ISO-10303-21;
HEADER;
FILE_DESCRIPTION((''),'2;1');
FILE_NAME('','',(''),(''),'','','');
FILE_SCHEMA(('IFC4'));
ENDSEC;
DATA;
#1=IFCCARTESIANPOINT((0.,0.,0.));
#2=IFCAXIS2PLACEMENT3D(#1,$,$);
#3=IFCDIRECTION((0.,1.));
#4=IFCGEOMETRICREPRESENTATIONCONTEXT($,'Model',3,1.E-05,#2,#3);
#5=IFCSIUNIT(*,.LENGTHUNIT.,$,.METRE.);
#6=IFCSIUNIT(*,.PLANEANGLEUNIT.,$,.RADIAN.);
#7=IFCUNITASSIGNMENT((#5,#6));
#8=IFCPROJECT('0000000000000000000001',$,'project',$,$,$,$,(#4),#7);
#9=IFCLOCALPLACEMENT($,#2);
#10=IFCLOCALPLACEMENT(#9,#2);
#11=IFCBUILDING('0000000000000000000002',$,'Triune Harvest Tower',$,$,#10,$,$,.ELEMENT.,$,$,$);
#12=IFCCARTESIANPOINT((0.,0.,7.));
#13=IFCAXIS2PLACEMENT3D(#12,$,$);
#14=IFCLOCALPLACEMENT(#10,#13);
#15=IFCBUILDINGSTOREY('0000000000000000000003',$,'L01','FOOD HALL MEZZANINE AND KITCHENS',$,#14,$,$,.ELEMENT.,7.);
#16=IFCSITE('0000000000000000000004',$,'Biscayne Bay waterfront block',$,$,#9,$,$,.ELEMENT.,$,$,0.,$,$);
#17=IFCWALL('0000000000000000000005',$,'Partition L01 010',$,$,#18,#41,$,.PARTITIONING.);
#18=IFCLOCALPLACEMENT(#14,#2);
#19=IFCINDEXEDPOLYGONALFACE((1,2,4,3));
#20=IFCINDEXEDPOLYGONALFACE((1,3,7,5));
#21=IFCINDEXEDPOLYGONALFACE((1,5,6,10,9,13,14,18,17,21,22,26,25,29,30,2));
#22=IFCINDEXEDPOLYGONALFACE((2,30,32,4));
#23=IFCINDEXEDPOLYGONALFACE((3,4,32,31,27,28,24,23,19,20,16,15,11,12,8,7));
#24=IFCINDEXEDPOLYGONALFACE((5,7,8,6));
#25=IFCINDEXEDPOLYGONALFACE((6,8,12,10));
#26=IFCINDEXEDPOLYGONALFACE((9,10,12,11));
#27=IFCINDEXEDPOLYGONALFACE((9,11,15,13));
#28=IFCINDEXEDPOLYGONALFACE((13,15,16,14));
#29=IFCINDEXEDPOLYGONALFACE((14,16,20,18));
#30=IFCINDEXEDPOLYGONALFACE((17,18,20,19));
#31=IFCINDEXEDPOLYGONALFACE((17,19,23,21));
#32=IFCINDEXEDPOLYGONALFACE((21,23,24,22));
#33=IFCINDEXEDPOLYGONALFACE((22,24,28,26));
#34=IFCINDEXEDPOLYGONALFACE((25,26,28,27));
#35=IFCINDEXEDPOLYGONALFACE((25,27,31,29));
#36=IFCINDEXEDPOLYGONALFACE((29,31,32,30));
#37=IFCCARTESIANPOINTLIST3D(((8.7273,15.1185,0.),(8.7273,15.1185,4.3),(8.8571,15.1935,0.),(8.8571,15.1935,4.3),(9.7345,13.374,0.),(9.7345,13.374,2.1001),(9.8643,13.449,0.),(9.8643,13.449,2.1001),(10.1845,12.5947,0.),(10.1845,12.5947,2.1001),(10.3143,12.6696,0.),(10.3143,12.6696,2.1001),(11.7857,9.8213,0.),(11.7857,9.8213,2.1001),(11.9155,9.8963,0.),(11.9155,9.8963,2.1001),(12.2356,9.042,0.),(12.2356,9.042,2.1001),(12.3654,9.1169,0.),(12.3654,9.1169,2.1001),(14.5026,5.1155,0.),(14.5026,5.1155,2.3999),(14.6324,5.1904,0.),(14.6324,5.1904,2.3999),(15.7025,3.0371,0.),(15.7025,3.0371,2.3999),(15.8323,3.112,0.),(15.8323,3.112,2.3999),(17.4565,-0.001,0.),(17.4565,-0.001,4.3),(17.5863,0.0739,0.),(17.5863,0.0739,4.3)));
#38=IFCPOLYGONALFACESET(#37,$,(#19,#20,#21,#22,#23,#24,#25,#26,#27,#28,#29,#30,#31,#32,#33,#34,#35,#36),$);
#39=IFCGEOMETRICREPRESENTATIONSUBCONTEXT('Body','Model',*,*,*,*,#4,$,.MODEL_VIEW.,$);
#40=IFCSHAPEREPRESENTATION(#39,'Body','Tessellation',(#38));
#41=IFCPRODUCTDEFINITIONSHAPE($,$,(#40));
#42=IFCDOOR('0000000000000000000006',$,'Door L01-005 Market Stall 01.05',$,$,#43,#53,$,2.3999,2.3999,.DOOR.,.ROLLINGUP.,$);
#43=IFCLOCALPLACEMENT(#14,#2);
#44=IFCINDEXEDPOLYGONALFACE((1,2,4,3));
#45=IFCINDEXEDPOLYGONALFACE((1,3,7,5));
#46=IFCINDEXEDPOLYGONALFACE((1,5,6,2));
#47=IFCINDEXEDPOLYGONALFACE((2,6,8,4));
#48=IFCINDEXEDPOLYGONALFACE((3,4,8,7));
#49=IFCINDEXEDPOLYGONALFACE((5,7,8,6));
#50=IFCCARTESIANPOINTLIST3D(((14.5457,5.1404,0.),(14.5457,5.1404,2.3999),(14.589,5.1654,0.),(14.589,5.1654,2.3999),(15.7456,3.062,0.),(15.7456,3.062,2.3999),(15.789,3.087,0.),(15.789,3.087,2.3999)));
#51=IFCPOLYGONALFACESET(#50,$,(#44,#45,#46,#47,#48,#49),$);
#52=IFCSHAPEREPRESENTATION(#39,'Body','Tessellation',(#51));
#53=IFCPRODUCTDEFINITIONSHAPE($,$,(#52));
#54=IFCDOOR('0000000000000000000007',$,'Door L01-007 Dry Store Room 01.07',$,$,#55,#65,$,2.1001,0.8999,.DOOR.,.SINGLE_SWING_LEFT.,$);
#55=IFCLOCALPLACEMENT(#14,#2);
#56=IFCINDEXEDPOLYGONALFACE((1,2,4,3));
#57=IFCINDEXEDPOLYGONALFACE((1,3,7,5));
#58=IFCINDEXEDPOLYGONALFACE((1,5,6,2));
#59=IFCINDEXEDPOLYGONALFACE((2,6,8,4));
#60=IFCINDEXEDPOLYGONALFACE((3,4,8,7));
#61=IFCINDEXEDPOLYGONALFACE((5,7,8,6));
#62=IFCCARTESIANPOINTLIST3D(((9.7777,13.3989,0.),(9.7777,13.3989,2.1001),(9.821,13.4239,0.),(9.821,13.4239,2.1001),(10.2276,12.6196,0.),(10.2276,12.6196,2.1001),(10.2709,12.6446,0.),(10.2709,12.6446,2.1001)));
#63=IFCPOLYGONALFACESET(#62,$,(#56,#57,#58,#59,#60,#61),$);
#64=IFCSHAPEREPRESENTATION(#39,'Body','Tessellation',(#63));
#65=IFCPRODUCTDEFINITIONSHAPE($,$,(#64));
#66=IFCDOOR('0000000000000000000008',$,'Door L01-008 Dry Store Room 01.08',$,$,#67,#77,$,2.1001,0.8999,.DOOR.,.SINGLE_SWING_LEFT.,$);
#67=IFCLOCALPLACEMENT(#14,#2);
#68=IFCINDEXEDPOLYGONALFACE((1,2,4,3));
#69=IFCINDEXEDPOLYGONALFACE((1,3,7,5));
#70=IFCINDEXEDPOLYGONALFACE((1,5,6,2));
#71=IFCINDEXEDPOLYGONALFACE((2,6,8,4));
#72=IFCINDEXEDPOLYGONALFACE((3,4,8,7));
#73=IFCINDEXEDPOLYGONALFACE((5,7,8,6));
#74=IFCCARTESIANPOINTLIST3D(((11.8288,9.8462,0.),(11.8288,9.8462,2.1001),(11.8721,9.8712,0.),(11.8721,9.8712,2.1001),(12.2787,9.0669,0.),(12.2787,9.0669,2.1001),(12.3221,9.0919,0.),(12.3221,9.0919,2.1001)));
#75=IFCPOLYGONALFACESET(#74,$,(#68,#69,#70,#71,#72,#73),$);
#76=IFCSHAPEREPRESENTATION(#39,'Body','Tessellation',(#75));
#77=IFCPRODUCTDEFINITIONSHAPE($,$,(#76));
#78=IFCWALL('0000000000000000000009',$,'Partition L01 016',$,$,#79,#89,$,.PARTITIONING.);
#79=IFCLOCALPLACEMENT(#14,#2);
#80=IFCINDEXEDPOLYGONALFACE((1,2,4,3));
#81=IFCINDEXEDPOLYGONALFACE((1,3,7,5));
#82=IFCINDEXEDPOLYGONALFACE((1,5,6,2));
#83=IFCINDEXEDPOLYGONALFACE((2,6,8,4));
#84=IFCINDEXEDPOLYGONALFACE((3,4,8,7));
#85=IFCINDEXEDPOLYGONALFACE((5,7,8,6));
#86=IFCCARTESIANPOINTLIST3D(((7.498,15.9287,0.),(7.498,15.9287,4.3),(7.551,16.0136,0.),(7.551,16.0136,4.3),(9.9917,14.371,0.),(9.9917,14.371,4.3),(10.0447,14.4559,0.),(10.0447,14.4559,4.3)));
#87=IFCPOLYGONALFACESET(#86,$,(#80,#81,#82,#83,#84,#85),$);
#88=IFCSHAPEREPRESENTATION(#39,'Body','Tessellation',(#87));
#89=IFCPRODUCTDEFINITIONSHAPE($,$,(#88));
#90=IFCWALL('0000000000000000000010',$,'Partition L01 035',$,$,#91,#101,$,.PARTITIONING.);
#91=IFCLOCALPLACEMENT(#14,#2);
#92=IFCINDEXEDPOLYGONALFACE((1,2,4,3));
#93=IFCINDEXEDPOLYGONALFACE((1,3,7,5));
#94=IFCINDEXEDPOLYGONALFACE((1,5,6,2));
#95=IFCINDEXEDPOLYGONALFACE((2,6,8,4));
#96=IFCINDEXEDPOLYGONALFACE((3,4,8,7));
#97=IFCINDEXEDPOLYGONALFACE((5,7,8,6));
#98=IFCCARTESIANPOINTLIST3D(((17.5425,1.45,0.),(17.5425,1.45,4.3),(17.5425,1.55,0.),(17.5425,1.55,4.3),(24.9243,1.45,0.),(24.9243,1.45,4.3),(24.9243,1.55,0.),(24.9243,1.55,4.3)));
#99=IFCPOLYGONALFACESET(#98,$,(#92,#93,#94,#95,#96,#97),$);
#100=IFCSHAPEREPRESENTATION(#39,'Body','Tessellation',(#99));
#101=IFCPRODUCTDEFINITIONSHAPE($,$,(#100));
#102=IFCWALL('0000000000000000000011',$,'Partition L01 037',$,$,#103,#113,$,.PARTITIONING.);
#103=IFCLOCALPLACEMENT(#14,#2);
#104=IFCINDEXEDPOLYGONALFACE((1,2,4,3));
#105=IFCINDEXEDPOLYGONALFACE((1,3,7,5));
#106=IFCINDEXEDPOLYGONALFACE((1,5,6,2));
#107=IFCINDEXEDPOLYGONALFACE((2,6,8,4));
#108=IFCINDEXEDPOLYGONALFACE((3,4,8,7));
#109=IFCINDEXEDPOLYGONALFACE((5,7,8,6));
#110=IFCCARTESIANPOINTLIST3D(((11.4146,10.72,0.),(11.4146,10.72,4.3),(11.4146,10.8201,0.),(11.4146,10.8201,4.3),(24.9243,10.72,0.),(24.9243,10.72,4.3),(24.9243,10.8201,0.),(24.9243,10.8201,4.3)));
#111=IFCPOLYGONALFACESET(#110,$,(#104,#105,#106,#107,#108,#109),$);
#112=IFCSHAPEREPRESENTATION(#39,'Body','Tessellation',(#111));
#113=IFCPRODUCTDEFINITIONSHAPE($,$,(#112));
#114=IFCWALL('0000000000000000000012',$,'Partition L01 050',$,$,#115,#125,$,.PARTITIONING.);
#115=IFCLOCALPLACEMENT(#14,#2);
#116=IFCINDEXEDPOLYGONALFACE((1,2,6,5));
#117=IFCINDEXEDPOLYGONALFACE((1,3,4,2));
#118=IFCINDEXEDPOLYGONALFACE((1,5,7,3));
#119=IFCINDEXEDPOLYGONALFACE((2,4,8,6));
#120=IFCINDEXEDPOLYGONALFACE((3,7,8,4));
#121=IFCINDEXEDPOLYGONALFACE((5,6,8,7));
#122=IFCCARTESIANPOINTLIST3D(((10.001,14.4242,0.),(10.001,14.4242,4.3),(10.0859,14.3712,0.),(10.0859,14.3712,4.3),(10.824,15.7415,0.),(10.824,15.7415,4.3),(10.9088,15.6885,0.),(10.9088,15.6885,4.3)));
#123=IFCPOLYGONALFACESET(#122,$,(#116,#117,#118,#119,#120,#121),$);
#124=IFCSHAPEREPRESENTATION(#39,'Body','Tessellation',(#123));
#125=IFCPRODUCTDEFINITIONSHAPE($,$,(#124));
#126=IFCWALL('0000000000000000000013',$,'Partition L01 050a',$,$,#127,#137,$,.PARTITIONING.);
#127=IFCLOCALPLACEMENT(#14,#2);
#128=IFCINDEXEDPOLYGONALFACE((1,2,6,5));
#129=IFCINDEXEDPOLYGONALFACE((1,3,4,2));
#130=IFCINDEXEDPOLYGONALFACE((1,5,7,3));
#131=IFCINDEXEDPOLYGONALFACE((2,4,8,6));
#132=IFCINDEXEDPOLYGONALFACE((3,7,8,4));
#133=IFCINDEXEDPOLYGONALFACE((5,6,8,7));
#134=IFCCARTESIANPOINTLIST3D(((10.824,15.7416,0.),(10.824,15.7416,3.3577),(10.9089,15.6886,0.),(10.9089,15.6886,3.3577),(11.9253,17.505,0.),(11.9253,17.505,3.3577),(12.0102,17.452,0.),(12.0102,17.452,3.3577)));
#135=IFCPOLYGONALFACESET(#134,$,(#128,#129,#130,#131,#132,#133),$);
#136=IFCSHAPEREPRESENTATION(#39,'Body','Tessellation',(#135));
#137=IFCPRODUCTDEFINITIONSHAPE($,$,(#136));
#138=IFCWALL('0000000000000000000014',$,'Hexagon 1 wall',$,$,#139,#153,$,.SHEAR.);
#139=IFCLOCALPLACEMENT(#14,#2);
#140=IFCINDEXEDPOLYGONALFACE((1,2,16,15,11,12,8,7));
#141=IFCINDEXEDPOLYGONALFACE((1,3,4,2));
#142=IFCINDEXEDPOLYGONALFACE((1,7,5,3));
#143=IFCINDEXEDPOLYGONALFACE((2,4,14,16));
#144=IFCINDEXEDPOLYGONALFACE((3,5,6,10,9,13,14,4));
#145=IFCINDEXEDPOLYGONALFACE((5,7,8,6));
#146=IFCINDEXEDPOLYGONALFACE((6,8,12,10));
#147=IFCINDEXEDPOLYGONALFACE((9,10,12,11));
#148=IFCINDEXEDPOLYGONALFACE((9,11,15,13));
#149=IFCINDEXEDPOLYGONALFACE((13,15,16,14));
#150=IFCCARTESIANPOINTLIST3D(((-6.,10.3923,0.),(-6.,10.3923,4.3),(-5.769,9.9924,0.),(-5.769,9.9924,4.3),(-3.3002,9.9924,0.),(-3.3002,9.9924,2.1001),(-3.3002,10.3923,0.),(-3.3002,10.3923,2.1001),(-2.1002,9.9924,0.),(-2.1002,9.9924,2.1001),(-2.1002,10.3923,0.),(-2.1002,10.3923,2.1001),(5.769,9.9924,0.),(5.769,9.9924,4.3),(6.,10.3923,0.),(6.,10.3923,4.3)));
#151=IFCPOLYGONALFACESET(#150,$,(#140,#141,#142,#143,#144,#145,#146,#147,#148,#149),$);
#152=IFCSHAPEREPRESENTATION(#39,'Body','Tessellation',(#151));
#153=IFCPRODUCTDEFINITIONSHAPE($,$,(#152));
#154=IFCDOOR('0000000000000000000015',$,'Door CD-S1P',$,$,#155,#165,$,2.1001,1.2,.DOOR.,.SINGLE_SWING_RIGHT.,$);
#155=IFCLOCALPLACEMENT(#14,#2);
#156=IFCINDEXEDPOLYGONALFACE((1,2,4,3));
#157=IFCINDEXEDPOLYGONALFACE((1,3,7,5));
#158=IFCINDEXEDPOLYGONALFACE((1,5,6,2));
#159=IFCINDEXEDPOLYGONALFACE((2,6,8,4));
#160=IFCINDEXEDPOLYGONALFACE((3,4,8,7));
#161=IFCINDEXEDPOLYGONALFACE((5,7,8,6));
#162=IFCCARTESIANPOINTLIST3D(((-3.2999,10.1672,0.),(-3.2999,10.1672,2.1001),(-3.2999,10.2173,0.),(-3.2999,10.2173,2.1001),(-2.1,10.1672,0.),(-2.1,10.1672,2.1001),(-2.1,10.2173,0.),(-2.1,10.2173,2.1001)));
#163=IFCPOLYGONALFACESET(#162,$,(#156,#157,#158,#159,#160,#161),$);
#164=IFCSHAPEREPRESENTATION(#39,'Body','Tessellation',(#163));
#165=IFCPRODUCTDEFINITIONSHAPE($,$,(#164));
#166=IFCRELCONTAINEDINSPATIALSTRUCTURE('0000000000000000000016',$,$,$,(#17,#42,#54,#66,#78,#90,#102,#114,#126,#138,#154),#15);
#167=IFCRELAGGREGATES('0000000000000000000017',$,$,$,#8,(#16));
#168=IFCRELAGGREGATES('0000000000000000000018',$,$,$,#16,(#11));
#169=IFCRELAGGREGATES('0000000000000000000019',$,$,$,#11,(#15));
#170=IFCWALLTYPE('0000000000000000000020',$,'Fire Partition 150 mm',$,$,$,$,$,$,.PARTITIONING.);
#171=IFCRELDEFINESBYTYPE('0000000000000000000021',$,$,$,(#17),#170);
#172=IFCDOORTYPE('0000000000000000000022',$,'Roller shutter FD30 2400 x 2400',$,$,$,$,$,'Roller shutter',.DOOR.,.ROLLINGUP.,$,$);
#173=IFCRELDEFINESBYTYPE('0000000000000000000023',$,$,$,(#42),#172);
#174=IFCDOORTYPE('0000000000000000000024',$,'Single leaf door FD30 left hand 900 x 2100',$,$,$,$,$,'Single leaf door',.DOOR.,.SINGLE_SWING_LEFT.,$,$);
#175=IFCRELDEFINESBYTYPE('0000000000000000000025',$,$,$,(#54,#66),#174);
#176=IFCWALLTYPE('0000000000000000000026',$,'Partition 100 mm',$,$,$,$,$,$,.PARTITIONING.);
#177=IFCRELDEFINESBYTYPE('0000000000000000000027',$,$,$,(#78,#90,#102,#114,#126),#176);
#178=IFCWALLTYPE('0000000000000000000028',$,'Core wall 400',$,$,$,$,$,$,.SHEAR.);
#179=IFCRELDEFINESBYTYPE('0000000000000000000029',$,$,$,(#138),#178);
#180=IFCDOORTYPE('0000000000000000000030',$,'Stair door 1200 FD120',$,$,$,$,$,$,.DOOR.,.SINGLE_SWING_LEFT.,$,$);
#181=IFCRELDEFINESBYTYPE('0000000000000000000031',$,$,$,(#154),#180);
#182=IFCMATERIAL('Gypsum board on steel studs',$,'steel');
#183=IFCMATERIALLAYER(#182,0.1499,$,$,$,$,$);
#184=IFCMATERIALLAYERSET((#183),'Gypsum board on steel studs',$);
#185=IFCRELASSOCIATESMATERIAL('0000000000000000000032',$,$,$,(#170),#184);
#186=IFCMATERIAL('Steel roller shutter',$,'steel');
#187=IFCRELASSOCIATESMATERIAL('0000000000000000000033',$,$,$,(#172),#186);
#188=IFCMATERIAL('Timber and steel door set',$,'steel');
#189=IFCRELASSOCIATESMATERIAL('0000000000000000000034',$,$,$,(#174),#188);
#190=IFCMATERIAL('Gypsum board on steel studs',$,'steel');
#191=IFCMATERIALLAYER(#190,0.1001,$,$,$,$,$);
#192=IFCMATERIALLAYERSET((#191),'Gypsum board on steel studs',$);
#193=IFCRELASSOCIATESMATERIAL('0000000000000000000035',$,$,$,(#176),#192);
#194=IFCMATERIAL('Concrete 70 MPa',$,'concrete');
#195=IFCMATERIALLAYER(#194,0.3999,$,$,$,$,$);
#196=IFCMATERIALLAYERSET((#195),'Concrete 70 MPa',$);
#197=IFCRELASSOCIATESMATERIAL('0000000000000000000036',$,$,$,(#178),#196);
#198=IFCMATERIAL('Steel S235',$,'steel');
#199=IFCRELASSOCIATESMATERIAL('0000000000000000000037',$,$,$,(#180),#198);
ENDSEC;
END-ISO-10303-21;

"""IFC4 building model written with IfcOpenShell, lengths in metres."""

from ifc_helpers import new_model, si_unit, direction, frame, frame_2d, origin, place, context, subcontext, project, spatial, polyline, rectangle, outline, extrude, source, transform, mapped, material, layer, layer_set, type_object, element, fill, save


model = new_model("IFC4")

# Units and contexts
model_context = context("Model", 3, precision=1e-05, world=origin(), true_north=direction((0.0, 1.0)))
body_context = subcontext(model_context, "Body", "Model", "MODEL_VIEW")
ifc_project = project(units=[si_unit("LENGTHUNIT", "METRE"), si_unit("PLANEANGLEUNIT", "RADIAN")], contexts=[model_context])

# Site, building, storey
site_placement = place(None, origin())
site = spatial("IfcSite", under=ifc_project, at=site_placement, Name="Biscayne Bay waterfront block", CompositionType="ELEMENT", RefElevation=0.0)
building_placement = place(site_placement, origin())
building = spatial("IfcBuilding", under=site, at=building_placement, Name="Triune Harvest Tower", CompositionType="ELEMENT")
storey_placement = place(building_placement, frame((0.0, 0.0, 7.0)))
storey = spatial("IfcBuildingStorey", under=building, at=storey_placement, Name="L01", Description="FOOD HALL MEZZANINE AND KITCHENS", CompositionType="ELEMENT", Elevation=7.0)

# Wall, openings, doors
ifc_material_1 = material(Name="Gypsum board on steel studs", Category="steel")
ifc_layer_1 = layer(ifc_material_1, 0.1499)
ifc_layer_set_1 = layer_set([ifc_layer_1], Name="Gypsum board on steel studs")
wall_type_1 = type_object("IfcWallType", Name="Fire Partition 150 mm", PredefinedType="PARTITIONING", material=ifc_layer_set_1)
wall_1_placement = place(storey_placement, frame((8.7922, 15.156, 0.0), z_axis=(0.0, 0.0, 1.0), x_axis=(0.499997, -0.866027, 0.0)))
wall_1 = element("IfcWall", 1, at=wall_1_placement, inside=storey, type_object=wall_type_1, Name="Partition L01 010", PredefinedType="PARTITIONING", context=body_context, shape_type="SweptSolid", body=[
    extrude(rectangle(XDim=17.4585, YDim=0.1499, at=frame_2d((8.7292, 0.0))), origin(), (0.0, 0.0, 1.0), 4.3),
])
opening_1_placement = place(wall_1_placement, frame((11.5505, 0.0, 0.0)))
opening_1 = element("IfcOpeningElement", 2, at=opening_1_placement, cuts=wall_1, PredefinedType="OPENING", context=body_context, shape_type="SweptSolid", body=[
    extrude(rectangle(XDim=2.3999, YDim=2.3999, at=frame_2d((1.2, 1.2))), frame((0.0, 0.085, 0.0), z_axis=(0.0, -1.0, 0.0), x_axis=(1.0, 0.0, 0.0)), (0.0, 0.0, 1.0), 0.1699),
])
opening_2_placement = place(wall_1_placement, frame((2.0144, 0.0, 0.0)))
opening_2 = element("IfcOpeningElement", 3, at=opening_2_placement, cuts=wall_1, PredefinedType="OPENING", context=body_context, shape_type="SweptSolid", body=[
    extrude(rectangle(XDim=0.8999, YDim=2.1001, at=frame_2d((0.45, 1.05))), frame((0.0, 0.085, 0.0), z_axis=(0.0, -1.0, 0.0), x_axis=(1.0, 0.0, 0.0)), (0.0, 0.0, 1.0), 0.1699),
])
opening_3_placement = place(wall_1_placement, frame((6.1167, 0.0, 0.0)))
opening_3 = element("IfcOpeningElement", 4, at=opening_3_placement, cuts=wall_1, PredefinedType="OPENING", context=body_context, shape_type="SweptSolid", body=[
    extrude(rectangle(XDim=0.8999, YDim=2.1001, at=frame_2d((0.45, 1.05))), frame((0.0, 0.085, 0.0), z_axis=(0.0, -1.0, 0.0), x_axis=(1.0, 0.0, 0.0)), (0.0, 0.0, 1.0), 0.1699),
])
ifc_material_2 = material(Name="Steel roller shutter", Category="steel")
door_type_1 = type_object("IfcDoorType", Name="Roller shutter FD30 2400 x 2400", ElementType="Roller shutter", OperationType="ROLLINGUP", PredefinedType="DOOR", material=ifc_material_2)
door_1_placement = place(opening_1_placement, origin())
door_1 = element("IfcDoor", 5, at=door_1_placement, inside=storey, type_object=door_type_1, Name="Door L01-005 Market Stall 01.05", OperationType="ROLLINGUP", OverallHeight=2.3999, OverallWidth=2.3999, PredefinedType="DOOR", context=body_context, shape_type="SweptSolid", body=[
    extrude(rectangle(XDim=2.3999, YDim=2.3999, at=frame_2d((1.2, 1.2))), frame((0.0, 0.0249, 0.0), z_axis=(0.0, -1.0, 0.0), x_axis=(1.0, 0.0, 0.0)), (0.0, 0.0, 1.0), 0.05),
])
fill(opening_1, door_1)
ifc_material_3 = material(Name="Timber and steel door set", Category="steel")
door_type_2 = type_object("IfcDoorType", Name="Single leaf door FD30 left hand 900 x 2100", ElementType="Single leaf door", OperationType="SINGLE_SWING_LEFT", PredefinedType="DOOR", material=ifc_material_3)
door_2_placement = place(opening_2_placement, origin())
door_2 = element("IfcDoor", 6, at=door_2_placement, inside=storey, type_object=door_type_2, Name="Door L01-007 Dry Store Room 01.07", OperationType="SINGLE_SWING_LEFT", OverallHeight=2.1001, OverallWidth=0.8999, PredefinedType="DOOR", context=body_context, shape_type="SweptSolid", body=[
    extrude(rectangle(XDim=0.8999, YDim=2.1001, at=frame_2d((0.45, 1.05))), frame((0.0, 0.0249, 0.0), z_axis=(0.0, -1.0, 0.0), x_axis=(1.0, 0.0, 0.0)), (0.0, 0.0, 1.0), 0.05),
])
fill(opening_2, door_2)
door_3_placement = place(opening_3_placement, origin())
door_3 = element("IfcDoor", 7, at=door_3_placement, inside=storey, type_object=door_type_2, Name="Door L01-008 Dry Store Room 01.08", OperationType="SINGLE_SWING_LEFT", OverallHeight=2.1001, OverallWidth=0.8999, PredefinedType="DOOR", context=body_context, shape_type="SweptSolid", body=[
    extrude(rectangle(XDim=0.8999, YDim=2.1001, at=frame_2d((0.45, 1.05))), frame((0.0, 0.0249, 0.0), z_axis=(0.0, -1.0, 0.0), x_axis=(1.0, 0.0, 0.0)), (0.0, 0.0, 1.0), 0.05),
])
fill(opening_3, door_3)

# Walls
ifc_material_4 = material(Name="Gypsum board on steel studs", Category="steel")
ifc_layer_2 = layer(ifc_material_4, 0.1001)
ifc_layer_set_2 = layer_set([ifc_layer_2], Name="Gypsum board on steel studs")
wall_type_2 = type_object("IfcWallType", Name="Partition 100 mm", PredefinedType="PARTITIONING", material=ifc_layer_set_2)
wall_2_placement = place(storey_placement, frame((7.5244, 15.9712, 0.0), z_axis=(0.0, 0.0, 1.0), x_axis=(0.848138, -0.529775, 0.0)))
element("IfcWall", 8, at=wall_2_placement, inside=storey, type_object=wall_type_2, Name="Partition L01 016", PredefinedType="PARTITIONING", context=body_context, shape_type="SweptSolid", body=[
    extrude(rectangle(XDim=2.9402, YDim=0.1001, at=frame_2d((1.4702, 0.0))), origin(), (0.0, 0.0, 1.0), 4.3),
])
wall_3_placement = place(storey_placement, frame((17.5425, 1.5, 0.0), z_axis=(0.0, 0.0, 1.0), x_axis=(1.0, 0.0, 0.0)))
element("IfcWall", 9, at=wall_3_placement, inside=storey, type_object=wall_type_2, Name="Partition L01 035", PredefinedType="PARTITIONING", context=body_context, shape_type="SweptSolid", body=[
    extrude(rectangle(XDim=7.3818, YDim=0.1001, at=frame_2d((3.6909, 0.0))), origin(), (0.0, 0.0, 1.0), 4.3),
])
wall_4_placement = place(storey_placement, frame((11.4146, 10.77, 0.0), z_axis=(0.0, 0.0, 1.0), x_axis=(1.0, 0.0, 0.0)))
element("IfcWall", 10, at=wall_4_placement, inside=storey, type_object=wall_type_2, Name="Partition L01 037", PredefinedType="PARTITIONING", context=body_context, shape_type="SweptSolid", body=[
    extrude(rectangle(XDim=13.5098, YDim=0.1001, at=frame_2d((6.7549, 0.0))), origin(), (0.0, 0.0, 1.0), 4.3),
])
wall_5_placement = place(storey_placement, frame((10.0435, 14.3977, 0.0), z_axis=(0.0, 0.0, 1.0), x_axis=(0.529829, 0.848104, 0.0)))
element("IfcWall", 11, at=wall_5_placement, inside=storey, type_object=wall_type_2, Name="Partition L01 050", PredefinedType="PARTITIONING", context=body_context, shape_type="SweptSolid", body=[
    extrude(rectangle(XDim=1.5532, YDim=0.1001, at=frame_2d((0.7766, 0.0))), origin(), (0.0, 0.0, 1.0), 4.3),
])
wall_6_placement = place(storey_placement, frame((10.8665, 15.7151, 0.0), z_axis=(0.0, 0.0, 1.0), x_axis=(0.529714, 0.848176, 0.0)))
element("IfcWall", 12, at=wall_6_placement, inside=storey, type_object=wall_type_2, Name="Partition L01 050a", PredefinedType="PARTITIONING", context=body_context, shape_type="SweptSolid", body=[
    extrude(rectangle(XDim=2.0791, YDim=0.1001, at=frame_2d((1.0396, 0.0))), origin(), (0.0, 0.0, 1.0), 3.3577),
])

# Wall, opening, door
ifc_material_5 = material(Name="Concrete 70 MPa", Category="concrete")
ifc_layer_3 = layer(ifc_material_5, 0.3999)
ifc_layer_set_3 = layer_set([ifc_layer_3], Name="Concrete 70 MPa")
wall_type_3 = type_object("IfcWallType", Name="Core wall 400", PredefinedType="SHEAR", material=ifc_layer_set_3)
shared_shape_1 = source(origin(), body_context, "Body", "SweptSolid", [
    extrude(outline(polyline([(-0.1155, -0.2), (11.8845, -0.2), (11.6536, 0.2), (0.1155, 0.2), (-0.1155, -0.2)])), origin(), (0.0, 0.0, 1.0), 4.3),
])
wall_7_placement = place(storey_placement, frame((5.8845, 10.1924, 0.0), z_axis=(0.0, 0.0, 1.0), x_axis=(-1.0, 0.0, 0.0)))
wall_7 = element("IfcWall", 13, at=wall_7_placement, inside=storey, type_object=wall_type_3, Name="Hexagon 1 wall", PredefinedType="SHEAR", context=body_context, shape_type="MappedRepresentation", body=[
    mapped(shared_shape_1, transform((0.0, 0.0, 0.0), scale=1.0)),
])
opening_4_placement = place(wall_7_placement, frame((7.9846, 0.0, 0.0)))
opening_4 = element("IfcOpeningElement", 14, at=opening_4_placement, cuts=wall_7, PredefinedType="OPENING", context=body_context, shape_type="SweptSolid", body=[
    extrude(rectangle(XDim=1.2, YDim=2.1001, at=frame_2d((0.6001, 1.05))), frame((0.0, 0.21, 0.0), z_axis=(0.0, -1.0, 0.0), x_axis=(1.0, 0.0, 0.0)), (0.0, 0.0, 1.0), 0.4199),
])
ifc_material_6 = material(Name="Steel S235", Category="steel")
door_type_3 = type_object("IfcDoorType", Name="Stair door 1200 FD120", OperationType="SINGLE_SWING_LEFT", PredefinedType="DOOR", material=ifc_material_6)
door_4_placement = place(opening_4_placement, frame((1.2, 0.0, 0.0), z_axis=(0.0, 0.0, 1.0), x_axis=(-1.0, 0.0, 0.0)))
door_4 = element("IfcDoor", 15, at=door_4_placement, inside=storey, type_object=door_type_3, Name="Door CD-S1P", OperationType="SINGLE_SWING_RIGHT", OverallHeight=2.1001, OverallWidth=1.2, PredefinedType="DOOR", context=body_context, shape_type="SweptSolid", body=[
    extrude(rectangle(XDim=1.2, YDim=2.1001, at=frame_2d((0.6001, 1.05))), frame((0.0, 0.0249, 0.0), z_axis=(0.0, -1.0, 0.0), x_axis=(1.0, 0.0, 0.0)), (0.0, 0.0, 1.0), 0.05),
])
fill(opening_4, door_4)

save(model, "model.ifc")
